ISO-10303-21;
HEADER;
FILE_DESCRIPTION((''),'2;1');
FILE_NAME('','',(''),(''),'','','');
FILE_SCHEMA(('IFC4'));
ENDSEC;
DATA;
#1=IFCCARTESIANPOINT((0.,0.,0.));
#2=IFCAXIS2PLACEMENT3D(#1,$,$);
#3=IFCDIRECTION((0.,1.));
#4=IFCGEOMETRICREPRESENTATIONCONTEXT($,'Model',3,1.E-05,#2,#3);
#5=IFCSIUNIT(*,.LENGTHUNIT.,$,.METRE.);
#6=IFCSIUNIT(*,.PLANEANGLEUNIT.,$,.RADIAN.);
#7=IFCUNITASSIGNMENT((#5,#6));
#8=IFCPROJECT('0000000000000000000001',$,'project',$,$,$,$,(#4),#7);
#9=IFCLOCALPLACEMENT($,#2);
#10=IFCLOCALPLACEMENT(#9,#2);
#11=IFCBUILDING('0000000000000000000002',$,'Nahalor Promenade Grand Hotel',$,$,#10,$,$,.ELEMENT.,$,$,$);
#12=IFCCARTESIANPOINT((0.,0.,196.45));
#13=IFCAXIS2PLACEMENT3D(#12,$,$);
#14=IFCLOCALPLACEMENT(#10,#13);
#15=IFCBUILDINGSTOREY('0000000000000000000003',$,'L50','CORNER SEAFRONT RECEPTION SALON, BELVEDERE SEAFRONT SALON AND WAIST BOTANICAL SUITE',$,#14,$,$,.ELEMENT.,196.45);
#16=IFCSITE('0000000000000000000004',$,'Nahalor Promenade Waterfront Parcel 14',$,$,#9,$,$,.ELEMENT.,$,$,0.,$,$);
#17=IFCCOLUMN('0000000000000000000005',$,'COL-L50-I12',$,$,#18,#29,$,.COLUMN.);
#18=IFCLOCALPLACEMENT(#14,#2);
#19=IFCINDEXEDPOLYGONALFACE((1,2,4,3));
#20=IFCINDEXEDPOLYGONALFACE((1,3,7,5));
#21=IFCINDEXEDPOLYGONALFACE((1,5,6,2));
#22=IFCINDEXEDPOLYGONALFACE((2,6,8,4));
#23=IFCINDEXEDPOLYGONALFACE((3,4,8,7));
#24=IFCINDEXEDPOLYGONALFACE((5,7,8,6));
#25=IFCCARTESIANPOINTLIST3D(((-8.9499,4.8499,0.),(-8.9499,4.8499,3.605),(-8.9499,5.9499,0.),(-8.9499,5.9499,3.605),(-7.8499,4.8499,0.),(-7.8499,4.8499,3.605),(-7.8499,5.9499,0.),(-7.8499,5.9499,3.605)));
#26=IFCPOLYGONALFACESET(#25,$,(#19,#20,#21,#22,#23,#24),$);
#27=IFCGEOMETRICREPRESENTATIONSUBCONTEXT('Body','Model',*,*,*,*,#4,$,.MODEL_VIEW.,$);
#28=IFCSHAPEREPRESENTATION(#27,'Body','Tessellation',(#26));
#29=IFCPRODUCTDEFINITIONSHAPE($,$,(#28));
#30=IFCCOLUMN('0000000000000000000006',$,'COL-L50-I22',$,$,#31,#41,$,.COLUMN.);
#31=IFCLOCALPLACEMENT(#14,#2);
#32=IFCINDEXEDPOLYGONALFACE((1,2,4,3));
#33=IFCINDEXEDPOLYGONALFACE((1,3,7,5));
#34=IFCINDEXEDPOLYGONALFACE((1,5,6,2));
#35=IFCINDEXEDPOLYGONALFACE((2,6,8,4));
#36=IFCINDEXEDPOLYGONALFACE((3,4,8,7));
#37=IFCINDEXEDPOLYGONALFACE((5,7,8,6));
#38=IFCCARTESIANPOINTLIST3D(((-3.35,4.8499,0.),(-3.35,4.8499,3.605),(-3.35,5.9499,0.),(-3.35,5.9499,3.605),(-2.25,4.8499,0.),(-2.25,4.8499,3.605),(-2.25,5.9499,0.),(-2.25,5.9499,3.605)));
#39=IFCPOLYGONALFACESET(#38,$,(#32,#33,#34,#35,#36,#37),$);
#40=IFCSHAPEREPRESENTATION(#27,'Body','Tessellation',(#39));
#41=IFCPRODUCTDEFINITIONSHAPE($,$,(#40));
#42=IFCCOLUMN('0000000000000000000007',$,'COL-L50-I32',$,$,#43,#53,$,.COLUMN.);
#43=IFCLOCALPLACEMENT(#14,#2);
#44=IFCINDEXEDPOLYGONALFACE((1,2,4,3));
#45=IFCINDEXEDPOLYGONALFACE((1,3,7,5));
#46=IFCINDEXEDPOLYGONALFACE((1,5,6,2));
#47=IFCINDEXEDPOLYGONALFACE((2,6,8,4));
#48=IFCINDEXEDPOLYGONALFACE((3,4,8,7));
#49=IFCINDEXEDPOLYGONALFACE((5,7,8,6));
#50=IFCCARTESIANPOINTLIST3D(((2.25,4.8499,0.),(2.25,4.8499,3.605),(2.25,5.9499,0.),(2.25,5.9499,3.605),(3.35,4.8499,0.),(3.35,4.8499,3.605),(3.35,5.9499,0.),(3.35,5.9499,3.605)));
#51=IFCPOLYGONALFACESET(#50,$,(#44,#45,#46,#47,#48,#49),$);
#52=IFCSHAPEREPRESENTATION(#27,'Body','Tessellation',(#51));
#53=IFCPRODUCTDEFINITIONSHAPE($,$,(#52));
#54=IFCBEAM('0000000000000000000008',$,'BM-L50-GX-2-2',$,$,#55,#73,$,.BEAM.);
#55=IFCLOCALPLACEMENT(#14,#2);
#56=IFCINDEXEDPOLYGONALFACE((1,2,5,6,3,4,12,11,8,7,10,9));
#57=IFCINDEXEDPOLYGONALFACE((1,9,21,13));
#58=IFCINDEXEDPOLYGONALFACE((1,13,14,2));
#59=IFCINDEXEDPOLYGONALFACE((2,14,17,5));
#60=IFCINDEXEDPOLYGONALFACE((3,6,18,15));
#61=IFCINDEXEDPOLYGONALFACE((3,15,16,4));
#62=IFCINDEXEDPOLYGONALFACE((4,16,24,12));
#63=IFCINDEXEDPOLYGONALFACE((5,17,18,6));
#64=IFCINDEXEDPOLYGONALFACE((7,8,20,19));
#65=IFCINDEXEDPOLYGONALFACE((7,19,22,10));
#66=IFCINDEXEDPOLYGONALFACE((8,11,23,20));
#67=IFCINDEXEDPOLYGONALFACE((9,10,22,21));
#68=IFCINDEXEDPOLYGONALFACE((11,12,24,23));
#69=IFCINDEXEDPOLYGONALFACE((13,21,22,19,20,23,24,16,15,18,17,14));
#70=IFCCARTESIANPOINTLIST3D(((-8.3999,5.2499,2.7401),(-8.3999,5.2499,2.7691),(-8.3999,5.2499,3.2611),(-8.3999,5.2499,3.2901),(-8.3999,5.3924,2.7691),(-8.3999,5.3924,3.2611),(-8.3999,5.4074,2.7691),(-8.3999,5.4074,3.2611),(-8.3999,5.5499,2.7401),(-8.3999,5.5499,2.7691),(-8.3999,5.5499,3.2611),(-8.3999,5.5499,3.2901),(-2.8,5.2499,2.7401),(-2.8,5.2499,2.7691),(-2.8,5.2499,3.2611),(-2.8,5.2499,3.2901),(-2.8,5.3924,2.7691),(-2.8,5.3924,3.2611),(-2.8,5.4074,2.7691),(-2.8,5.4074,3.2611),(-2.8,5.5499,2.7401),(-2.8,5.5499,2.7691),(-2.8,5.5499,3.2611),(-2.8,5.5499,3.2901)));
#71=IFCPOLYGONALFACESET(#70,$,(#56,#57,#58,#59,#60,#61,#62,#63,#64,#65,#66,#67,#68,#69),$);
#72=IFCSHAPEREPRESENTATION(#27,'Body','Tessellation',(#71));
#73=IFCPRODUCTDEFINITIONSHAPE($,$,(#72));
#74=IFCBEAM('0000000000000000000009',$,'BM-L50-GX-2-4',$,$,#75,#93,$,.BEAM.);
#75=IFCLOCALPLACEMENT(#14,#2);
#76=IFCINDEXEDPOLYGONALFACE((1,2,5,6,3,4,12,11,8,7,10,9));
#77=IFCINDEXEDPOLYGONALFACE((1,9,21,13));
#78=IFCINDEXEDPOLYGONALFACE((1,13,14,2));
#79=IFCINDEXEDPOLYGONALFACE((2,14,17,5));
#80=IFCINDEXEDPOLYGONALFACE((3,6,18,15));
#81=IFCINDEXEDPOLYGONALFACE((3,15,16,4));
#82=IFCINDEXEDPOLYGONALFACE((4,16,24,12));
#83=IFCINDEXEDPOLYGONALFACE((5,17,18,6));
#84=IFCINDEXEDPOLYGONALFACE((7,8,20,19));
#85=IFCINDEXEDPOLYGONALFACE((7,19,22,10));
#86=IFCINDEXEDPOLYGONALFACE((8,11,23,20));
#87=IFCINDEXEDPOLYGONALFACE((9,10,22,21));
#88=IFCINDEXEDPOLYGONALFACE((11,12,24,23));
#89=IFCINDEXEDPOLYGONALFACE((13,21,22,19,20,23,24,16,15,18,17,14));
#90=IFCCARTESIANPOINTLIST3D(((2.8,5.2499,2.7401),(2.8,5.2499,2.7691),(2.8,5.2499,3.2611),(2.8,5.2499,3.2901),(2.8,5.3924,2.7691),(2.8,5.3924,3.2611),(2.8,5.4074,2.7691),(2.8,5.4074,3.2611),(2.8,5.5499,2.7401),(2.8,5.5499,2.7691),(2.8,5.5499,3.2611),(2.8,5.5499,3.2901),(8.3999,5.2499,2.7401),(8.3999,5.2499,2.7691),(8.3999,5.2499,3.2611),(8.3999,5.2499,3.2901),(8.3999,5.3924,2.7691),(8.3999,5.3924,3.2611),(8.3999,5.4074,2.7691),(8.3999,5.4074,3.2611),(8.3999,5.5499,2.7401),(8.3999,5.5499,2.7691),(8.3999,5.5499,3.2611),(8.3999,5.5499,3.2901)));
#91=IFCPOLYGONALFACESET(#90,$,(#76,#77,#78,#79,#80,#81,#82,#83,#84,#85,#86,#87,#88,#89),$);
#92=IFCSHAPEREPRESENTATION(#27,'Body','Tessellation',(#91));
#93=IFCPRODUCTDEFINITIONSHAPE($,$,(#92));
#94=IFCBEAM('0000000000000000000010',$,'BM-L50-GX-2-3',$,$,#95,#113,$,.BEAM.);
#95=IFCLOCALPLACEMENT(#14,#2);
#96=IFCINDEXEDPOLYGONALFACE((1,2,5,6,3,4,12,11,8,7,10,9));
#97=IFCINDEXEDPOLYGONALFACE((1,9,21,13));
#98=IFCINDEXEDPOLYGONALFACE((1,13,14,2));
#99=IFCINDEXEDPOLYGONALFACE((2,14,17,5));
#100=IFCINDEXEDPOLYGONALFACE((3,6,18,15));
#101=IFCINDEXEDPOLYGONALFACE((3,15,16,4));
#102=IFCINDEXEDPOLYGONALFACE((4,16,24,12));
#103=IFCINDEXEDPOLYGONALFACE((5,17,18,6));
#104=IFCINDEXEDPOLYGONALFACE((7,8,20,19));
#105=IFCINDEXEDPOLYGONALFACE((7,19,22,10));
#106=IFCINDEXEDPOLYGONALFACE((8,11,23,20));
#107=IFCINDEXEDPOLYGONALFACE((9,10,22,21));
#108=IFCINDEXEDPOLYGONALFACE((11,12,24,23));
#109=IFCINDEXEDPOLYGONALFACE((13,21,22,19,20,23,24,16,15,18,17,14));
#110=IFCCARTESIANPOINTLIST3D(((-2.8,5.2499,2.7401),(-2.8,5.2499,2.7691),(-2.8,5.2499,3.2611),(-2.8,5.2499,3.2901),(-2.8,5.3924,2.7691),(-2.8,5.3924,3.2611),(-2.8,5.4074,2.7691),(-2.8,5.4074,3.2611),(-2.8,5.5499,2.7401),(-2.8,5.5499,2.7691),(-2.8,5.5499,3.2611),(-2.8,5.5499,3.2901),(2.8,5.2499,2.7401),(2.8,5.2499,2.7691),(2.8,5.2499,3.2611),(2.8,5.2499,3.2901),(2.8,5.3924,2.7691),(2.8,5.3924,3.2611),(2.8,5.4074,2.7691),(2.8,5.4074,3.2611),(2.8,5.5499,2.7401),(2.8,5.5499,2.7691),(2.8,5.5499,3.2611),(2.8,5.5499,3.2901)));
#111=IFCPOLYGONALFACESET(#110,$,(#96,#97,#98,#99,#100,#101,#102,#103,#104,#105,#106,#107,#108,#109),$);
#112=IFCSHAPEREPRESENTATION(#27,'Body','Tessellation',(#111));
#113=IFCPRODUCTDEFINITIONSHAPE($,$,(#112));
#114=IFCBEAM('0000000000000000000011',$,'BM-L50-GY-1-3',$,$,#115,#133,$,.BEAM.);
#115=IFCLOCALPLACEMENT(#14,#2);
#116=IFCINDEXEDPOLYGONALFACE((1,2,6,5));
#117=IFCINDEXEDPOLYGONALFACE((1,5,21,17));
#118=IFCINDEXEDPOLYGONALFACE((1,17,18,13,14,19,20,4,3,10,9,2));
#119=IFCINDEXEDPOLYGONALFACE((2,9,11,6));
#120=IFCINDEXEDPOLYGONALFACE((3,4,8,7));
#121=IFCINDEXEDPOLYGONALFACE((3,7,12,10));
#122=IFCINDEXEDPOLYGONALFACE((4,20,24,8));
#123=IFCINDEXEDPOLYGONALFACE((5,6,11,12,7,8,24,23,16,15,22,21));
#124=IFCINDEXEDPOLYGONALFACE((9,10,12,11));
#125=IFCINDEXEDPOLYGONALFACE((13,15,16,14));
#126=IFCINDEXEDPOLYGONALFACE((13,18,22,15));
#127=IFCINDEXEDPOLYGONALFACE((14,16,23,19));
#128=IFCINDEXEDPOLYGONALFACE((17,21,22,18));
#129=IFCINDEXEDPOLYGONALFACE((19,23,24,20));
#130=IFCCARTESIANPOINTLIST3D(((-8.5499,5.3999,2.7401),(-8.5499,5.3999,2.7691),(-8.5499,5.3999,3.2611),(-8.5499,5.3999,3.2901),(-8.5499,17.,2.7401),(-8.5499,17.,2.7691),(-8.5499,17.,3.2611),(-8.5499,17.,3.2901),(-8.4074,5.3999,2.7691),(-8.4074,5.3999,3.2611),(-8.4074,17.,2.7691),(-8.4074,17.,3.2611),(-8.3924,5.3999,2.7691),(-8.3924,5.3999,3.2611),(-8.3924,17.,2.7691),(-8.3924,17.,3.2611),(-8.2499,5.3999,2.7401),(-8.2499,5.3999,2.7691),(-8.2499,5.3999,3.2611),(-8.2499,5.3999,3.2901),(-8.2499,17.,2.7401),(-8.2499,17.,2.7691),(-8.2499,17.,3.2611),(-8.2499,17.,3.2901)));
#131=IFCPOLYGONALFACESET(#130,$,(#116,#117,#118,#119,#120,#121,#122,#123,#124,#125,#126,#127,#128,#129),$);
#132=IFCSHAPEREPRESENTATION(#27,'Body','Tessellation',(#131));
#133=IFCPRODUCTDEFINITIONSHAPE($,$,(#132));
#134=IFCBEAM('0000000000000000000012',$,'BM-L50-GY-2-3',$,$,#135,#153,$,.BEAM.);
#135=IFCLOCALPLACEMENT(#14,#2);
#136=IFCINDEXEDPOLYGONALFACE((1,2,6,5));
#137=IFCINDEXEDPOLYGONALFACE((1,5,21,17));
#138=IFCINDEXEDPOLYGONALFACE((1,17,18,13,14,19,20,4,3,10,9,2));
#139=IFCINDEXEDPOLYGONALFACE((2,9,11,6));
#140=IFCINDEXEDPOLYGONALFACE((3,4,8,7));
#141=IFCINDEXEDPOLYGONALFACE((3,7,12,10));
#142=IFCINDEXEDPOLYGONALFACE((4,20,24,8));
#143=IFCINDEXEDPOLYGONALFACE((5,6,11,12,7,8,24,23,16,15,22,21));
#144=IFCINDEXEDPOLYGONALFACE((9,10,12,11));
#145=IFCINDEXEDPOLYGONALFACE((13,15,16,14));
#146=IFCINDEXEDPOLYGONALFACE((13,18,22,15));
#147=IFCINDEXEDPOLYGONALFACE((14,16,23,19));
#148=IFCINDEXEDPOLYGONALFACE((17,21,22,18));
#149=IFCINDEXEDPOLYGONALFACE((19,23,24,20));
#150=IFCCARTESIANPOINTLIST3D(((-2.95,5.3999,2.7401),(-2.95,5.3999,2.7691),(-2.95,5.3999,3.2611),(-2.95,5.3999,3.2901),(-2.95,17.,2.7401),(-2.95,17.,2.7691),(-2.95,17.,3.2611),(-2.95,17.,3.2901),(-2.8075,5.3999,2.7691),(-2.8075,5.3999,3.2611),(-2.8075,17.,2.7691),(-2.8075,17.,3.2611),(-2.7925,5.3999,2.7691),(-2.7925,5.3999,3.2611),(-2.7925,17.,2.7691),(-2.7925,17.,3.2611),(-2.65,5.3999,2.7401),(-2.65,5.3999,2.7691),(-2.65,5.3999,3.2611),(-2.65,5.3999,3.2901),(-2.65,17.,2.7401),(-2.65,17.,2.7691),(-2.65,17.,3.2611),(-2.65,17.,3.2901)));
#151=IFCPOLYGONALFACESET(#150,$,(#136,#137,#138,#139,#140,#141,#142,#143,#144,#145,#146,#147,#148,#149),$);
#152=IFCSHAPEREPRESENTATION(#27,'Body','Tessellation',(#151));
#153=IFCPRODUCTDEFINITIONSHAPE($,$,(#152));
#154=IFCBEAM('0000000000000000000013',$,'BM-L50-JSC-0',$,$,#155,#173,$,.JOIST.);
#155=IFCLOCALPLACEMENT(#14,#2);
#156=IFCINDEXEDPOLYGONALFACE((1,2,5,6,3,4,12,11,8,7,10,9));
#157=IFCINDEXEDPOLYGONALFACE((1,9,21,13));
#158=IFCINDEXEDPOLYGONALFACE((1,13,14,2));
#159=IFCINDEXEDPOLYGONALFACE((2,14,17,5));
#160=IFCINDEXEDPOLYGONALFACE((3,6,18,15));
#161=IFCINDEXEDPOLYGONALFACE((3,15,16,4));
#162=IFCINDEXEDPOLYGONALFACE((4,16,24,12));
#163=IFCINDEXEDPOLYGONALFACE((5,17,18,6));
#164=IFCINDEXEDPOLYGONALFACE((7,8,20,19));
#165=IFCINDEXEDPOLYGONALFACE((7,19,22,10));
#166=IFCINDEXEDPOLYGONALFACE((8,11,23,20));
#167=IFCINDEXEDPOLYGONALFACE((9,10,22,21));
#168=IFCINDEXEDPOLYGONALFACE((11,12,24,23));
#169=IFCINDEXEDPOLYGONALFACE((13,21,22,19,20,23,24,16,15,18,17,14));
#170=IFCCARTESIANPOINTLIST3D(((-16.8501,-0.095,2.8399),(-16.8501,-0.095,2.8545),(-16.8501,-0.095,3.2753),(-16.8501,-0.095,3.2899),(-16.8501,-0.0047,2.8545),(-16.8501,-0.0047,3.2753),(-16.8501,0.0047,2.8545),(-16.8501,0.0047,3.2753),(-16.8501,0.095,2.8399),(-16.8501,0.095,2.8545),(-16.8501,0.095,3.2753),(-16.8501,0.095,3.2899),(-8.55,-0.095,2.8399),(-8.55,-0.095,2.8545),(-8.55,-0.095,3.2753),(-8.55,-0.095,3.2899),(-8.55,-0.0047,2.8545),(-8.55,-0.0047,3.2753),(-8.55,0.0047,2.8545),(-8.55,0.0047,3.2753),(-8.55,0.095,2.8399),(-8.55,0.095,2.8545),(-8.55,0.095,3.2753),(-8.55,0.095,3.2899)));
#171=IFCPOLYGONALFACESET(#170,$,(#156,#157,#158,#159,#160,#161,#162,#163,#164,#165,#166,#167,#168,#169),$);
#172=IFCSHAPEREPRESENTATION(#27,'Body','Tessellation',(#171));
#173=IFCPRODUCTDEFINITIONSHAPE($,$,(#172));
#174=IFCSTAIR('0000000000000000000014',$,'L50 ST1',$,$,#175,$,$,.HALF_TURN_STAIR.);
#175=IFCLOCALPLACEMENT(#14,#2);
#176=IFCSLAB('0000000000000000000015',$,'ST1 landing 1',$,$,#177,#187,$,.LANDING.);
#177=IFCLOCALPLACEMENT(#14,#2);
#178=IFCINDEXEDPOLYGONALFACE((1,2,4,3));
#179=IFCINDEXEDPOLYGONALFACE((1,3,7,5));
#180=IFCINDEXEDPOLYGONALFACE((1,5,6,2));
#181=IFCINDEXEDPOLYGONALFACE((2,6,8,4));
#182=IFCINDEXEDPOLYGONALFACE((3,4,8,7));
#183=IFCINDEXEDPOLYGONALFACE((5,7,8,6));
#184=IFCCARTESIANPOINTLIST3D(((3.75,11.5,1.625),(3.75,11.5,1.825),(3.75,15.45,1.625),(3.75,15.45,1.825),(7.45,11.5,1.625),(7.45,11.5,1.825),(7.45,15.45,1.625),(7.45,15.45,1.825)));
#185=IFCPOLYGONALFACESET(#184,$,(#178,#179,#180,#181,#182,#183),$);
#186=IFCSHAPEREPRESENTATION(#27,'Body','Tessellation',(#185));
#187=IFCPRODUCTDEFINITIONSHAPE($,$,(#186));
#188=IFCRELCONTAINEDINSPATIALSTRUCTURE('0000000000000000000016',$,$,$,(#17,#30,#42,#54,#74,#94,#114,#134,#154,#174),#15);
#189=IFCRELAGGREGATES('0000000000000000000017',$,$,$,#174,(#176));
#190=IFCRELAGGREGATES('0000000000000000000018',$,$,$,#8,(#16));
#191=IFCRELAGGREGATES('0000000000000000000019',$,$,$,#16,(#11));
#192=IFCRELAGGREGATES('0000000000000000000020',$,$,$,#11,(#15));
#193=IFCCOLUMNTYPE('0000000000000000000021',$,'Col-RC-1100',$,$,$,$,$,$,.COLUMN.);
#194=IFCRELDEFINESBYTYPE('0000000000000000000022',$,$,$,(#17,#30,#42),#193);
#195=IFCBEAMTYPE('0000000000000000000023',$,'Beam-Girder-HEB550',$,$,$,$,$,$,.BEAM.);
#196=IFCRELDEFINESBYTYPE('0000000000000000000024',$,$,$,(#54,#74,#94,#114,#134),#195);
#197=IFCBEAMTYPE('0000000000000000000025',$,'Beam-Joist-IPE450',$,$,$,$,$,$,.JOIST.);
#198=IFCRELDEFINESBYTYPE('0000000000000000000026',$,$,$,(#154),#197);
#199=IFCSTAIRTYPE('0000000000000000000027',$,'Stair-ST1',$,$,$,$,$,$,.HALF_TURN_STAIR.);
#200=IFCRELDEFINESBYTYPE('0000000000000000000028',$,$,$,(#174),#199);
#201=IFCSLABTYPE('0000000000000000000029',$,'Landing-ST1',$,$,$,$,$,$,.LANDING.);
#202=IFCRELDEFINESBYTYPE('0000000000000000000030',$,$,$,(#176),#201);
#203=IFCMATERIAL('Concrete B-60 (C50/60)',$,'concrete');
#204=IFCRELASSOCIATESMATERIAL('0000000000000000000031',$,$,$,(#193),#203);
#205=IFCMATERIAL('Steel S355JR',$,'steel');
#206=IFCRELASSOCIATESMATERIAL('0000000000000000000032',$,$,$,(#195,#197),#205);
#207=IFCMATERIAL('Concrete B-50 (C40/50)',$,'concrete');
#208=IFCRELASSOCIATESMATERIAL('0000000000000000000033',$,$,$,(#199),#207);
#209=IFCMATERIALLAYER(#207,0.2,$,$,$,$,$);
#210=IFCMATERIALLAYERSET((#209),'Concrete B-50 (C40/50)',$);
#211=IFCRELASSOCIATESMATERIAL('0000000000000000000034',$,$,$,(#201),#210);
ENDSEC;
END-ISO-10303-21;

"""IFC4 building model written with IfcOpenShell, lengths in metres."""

from ifc_helpers import new_model, si_unit, direction, frame, origin, origin_2d, place, context, subcontext, project, spatial, polyline, rectangle, i_section, outline, extrude, source, transform, mapped, material, layer, layer_set, material_profile, profile_set, type_object, element, aggregate, save


model = new_model("IFC4")

# Units and contexts
model_context = context("Model", 3, precision=1e-05, world=origin(), true_north=direction((0.0, 1.0)))
body_context = subcontext(model_context, "Body", "Model", "MODEL_VIEW")
ifc_project = project(units=[si_unit("LENGTHUNIT", "METRE"), si_unit("PLANEANGLEUNIT", "RADIAN")], contexts=[model_context])

# Site, building, storey
site_placement = place(None, origin())
site = spatial("IfcSite", under=ifc_project, at=site_placement, Name="Nahalor Promenade Waterfront Parcel 14", CompositionType="ELEMENT", RefElevation=0.0)
building_placement = place(site_placement, origin())
building = spatial("IfcBuilding", under=site, at=building_placement, Name="Nahalor Promenade Grand Hotel", CompositionType="ELEMENT")
storey_placement = place(building_placement, frame((0.0, 0.0, 196.45)))
storey = spatial("IfcBuildingStorey", under=building, at=storey_placement, Name="L50", Description="CORNER SEAFRONT RECEPTION SALON, BELVEDERE SEAFRONT SALON AND WAIST BOTANICAL SUITE", CompositionType="ELEMENT", Elevation=196.45)

# Columns
ifc_material_1 = material(Name="Concrete B-60 (C50/60)", Category="concrete")
ifc_material_profile_1 = material_profile(ifc_material_1, rectangle(XDim=1.1, YDim=1.1, at=origin_2d()), Name="RC 1100x1100")
ifc_profile_set_1 = profile_set([ifc_material_profile_1], Name="Concrete B-60 (C50/60)")
column_type = type_object("IfcColumnType", Name="Col-RC-1100", PredefinedType="COLUMN", material=ifc_profile_set_1)
shared_shape_1 = source(origin(), body_context, "Body", "SweptSolid", [
    extrude(rectangle(XDim=1.1, YDim=1.1, at=origin_2d()), origin(), (0.0, 0.0, 1.0), 3.605),
])
for number, where, z_axis, x_axis, name in (
    (1, (-8.3999, 5.3999, 0.0), (0.0, 0.0, 1.0), (1.0, 0.0, 0.0), "COL-L50-I12"),
    (2, (-2.8, 5.3999, 0.0), (0.0, 0.0, 1.0), (1.0, 0.0, 0.0), "COL-L50-I22"),
    (3, (2.8, 5.3999, 0.0), (0.0, 0.0, 1.0), (1.0, 0.0, 0.0), "COL-L50-I32"),
):
    element("IfcColumn", number, at=place(storey_placement, frame(where, z_axis=z_axis, x_axis=x_axis)), inside=storey, type_object=column_type, Name=name, PredefinedType="COLUMN", context=body_context, shape_type="MappedRepresentation", body=[
        mapped(shared_shape_1, transform((0.0, 0.0, 0.0), scale=1.0)),
    ])

# Beams
ifc_material_2 = material(Name="Steel S355JR", Category="steel")
ifc_material_profile_2 = material_profile(ifc_material_2, i_section(OverallWidth=0.3, OverallDepth=0.55, WebThickness=0.015, FlangeThickness=0.029, at=origin_2d()), Name="HEB 550")
ifc_profile_set_2 = profile_set([ifc_material_profile_2], Name="Steel S355JR")
beam_type_1 = type_object("IfcBeamType", Name="Beam-Girder-HEB550", PredefinedType="BEAM", material=ifc_profile_set_2)
shared_shape_2 = source(origin(), body_context, "Body", "SweptSolid", [
    extrude(i_section(OverallWidth=0.3, OverallDepth=0.55, WebThickness=0.015, FlangeThickness=0.029, at=origin_2d()), origin(), (0.0, 0.0, 1.0), 5.5999),
])
for number, where, z_axis, x_axis, name in (
    (4, (-8.3999, 5.3999, 3.0151), (1.0, 0.0, 0.0), (0.0, 1.0, 0.0), "BM-L50-GX-2-2"),
    (5, (2.8, 5.3999, 3.0151), (1.0, 0.0, 0.0), (0.0, 1.0, 0.0), "BM-L50-GX-2-4"),
):
    element("IfcBeam", number, at=place(storey_placement, frame(where, z_axis=z_axis, x_axis=x_axis)), inside=storey, type_object=beam_type_1, Name=name, PredefinedType="BEAM", context=body_context, shape_type="MappedRepresentation", body=[
        mapped(shared_shape_2, transform((0.0, 0.0, 0.0), scale=1.0)),
    ])
shared_shape_3 = source(origin(), body_context, "Body", "SweptSolid", [
    extrude(i_section(OverallWidth=0.3, OverallDepth=0.55, WebThickness=0.015, FlangeThickness=0.029, at=origin_2d()), origin(), (0.0, 0.0, 1.0), 5.6001),
])
beam_1_placement = place(storey_placement, frame((-2.8, 5.3999, 3.0151), z_axis=(1.0, 0.0, 0.0), x_axis=(0.0, 1.0, 0.0)))
element("IfcBeam", 6, at=beam_1_placement, inside=storey, type_object=beam_type_1, Name="BM-L50-GX-2-3", PredefinedType="BEAM", context=body_context, shape_type="MappedRepresentation", body=[
    mapped(shared_shape_3, transform((0.0, 0.0, 0.0), scale=1.0)),
])
shared_shape_4 = source(origin(), body_context, "Body", "SweptSolid", [
    extrude(i_section(OverallWidth=0.3, OverallDepth=0.55, WebThickness=0.015, FlangeThickness=0.029, at=origin_2d()), origin(), (0.0, 0.0, 1.0), 11.6001),
])
for number, where, z_axis, x_axis, name in (
    (7, (-8.3999, 5.3999, 3.0151), (0.0, 1.0, 0.0), (-1.0, 0.0, 0.0), "BM-L50-GY-1-3"),
    (8, (-2.8, 5.3999, 3.0151), (0.0, 1.0, 0.0), (-1.0, 0.0, 0.0), "BM-L50-GY-2-3"),
):
    element("IfcBeam", number, at=place(storey_placement, frame(where, z_axis=z_axis, x_axis=x_axis)), inside=storey, type_object=beam_type_1, Name=name, PredefinedType="BEAM", context=body_context, shape_type="MappedRepresentation", body=[
        mapped(shared_shape_4, transform((0.0, 0.0, 0.0), scale=1.0)),
    ])
ifc_material_profile_3 = material_profile(ifc_material_2, i_section(OverallWidth=0.19, OverallDepth=0.45, WebThickness=0.0094, FlangeThickness=0.0146, at=origin_2d()), Name="IPE 450")
ifc_profile_set_3 = profile_set([ifc_material_profile_3], Name="Steel S355JR")
beam_type_2 = type_object("IfcBeamType", Name="Beam-Joist-IPE450", PredefinedType="JOIST", material=ifc_profile_set_3)
shared_shape_5 = source(origin(), body_context, "Body", "SweptSolid", [
    extrude(i_section(OverallWidth=0.19, OverallDepth=0.45, WebThickness=0.0094, FlangeThickness=0.0146, at=origin_2d()), origin(), (0.0, 0.0, 1.0), 8.3),
])
beam_2_placement = place(storey_placement, frame((-16.8501, 0.0, 3.0649), z_axis=(1.0, 0.0, 0.0), x_axis=(0.0, 1.0, 0.0)))
element("IfcBeam", 9, at=beam_2_placement, inside=storey, type_object=beam_type_2, Name="BM-L50-JSC-0", PredefinedType="JOIST", context=body_context, shape_type="MappedRepresentation", body=[
    mapped(shared_shape_5, transform((0.0, 0.0, 0.0), scale=1.0)),
])

# Stair, slab
ifc_material_3 = material(Name="Concrete B-50 (C40/50)", Category="concrete")
stair_type_1 = type_object("IfcStairType", Name="Stair-ST1", PredefinedType="HALF_TURN_STAIR", material=ifc_material_3)
stair_1_placement = place(storey_placement, origin())
stair_1 = element("IfcStair", 10, at=stair_1_placement, inside=storey, type_object=stair_type_1, Name="L50 ST1", PredefinedType="HALF_TURN_STAIR")
ifc_layer_1 = layer(ifc_material_3, 0.2)
ifc_layer_set_1 = layer_set([ifc_layer_1], Name="Concrete B-50 (C40/50)")
slab_type_1 = type_object("IfcSlabType", Name="Landing-ST1", PredefinedType="LANDING", material=ifc_layer_set_1)
slab_1_placement = place(storey_placement, frame((0.0, 0.0, 1.625)))
slab_1 = element("IfcSlab", 11, at=slab_1_placement, type_object=slab_type_1, Name="ST1 landing 1", PredefinedType="LANDING", context=body_context, shape_type="SweptSolid", body=[
    extrude(outline(polyline([(7.45, 11.5), (7.45, 15.45), (3.75, 15.45), (3.75, 11.5), (7.45, 11.5)])), origin(), (0.0, 0.0, 1.0), 0.2),
])
aggregate(stair_1, [slab_1])

save(model, "model.ifc")
